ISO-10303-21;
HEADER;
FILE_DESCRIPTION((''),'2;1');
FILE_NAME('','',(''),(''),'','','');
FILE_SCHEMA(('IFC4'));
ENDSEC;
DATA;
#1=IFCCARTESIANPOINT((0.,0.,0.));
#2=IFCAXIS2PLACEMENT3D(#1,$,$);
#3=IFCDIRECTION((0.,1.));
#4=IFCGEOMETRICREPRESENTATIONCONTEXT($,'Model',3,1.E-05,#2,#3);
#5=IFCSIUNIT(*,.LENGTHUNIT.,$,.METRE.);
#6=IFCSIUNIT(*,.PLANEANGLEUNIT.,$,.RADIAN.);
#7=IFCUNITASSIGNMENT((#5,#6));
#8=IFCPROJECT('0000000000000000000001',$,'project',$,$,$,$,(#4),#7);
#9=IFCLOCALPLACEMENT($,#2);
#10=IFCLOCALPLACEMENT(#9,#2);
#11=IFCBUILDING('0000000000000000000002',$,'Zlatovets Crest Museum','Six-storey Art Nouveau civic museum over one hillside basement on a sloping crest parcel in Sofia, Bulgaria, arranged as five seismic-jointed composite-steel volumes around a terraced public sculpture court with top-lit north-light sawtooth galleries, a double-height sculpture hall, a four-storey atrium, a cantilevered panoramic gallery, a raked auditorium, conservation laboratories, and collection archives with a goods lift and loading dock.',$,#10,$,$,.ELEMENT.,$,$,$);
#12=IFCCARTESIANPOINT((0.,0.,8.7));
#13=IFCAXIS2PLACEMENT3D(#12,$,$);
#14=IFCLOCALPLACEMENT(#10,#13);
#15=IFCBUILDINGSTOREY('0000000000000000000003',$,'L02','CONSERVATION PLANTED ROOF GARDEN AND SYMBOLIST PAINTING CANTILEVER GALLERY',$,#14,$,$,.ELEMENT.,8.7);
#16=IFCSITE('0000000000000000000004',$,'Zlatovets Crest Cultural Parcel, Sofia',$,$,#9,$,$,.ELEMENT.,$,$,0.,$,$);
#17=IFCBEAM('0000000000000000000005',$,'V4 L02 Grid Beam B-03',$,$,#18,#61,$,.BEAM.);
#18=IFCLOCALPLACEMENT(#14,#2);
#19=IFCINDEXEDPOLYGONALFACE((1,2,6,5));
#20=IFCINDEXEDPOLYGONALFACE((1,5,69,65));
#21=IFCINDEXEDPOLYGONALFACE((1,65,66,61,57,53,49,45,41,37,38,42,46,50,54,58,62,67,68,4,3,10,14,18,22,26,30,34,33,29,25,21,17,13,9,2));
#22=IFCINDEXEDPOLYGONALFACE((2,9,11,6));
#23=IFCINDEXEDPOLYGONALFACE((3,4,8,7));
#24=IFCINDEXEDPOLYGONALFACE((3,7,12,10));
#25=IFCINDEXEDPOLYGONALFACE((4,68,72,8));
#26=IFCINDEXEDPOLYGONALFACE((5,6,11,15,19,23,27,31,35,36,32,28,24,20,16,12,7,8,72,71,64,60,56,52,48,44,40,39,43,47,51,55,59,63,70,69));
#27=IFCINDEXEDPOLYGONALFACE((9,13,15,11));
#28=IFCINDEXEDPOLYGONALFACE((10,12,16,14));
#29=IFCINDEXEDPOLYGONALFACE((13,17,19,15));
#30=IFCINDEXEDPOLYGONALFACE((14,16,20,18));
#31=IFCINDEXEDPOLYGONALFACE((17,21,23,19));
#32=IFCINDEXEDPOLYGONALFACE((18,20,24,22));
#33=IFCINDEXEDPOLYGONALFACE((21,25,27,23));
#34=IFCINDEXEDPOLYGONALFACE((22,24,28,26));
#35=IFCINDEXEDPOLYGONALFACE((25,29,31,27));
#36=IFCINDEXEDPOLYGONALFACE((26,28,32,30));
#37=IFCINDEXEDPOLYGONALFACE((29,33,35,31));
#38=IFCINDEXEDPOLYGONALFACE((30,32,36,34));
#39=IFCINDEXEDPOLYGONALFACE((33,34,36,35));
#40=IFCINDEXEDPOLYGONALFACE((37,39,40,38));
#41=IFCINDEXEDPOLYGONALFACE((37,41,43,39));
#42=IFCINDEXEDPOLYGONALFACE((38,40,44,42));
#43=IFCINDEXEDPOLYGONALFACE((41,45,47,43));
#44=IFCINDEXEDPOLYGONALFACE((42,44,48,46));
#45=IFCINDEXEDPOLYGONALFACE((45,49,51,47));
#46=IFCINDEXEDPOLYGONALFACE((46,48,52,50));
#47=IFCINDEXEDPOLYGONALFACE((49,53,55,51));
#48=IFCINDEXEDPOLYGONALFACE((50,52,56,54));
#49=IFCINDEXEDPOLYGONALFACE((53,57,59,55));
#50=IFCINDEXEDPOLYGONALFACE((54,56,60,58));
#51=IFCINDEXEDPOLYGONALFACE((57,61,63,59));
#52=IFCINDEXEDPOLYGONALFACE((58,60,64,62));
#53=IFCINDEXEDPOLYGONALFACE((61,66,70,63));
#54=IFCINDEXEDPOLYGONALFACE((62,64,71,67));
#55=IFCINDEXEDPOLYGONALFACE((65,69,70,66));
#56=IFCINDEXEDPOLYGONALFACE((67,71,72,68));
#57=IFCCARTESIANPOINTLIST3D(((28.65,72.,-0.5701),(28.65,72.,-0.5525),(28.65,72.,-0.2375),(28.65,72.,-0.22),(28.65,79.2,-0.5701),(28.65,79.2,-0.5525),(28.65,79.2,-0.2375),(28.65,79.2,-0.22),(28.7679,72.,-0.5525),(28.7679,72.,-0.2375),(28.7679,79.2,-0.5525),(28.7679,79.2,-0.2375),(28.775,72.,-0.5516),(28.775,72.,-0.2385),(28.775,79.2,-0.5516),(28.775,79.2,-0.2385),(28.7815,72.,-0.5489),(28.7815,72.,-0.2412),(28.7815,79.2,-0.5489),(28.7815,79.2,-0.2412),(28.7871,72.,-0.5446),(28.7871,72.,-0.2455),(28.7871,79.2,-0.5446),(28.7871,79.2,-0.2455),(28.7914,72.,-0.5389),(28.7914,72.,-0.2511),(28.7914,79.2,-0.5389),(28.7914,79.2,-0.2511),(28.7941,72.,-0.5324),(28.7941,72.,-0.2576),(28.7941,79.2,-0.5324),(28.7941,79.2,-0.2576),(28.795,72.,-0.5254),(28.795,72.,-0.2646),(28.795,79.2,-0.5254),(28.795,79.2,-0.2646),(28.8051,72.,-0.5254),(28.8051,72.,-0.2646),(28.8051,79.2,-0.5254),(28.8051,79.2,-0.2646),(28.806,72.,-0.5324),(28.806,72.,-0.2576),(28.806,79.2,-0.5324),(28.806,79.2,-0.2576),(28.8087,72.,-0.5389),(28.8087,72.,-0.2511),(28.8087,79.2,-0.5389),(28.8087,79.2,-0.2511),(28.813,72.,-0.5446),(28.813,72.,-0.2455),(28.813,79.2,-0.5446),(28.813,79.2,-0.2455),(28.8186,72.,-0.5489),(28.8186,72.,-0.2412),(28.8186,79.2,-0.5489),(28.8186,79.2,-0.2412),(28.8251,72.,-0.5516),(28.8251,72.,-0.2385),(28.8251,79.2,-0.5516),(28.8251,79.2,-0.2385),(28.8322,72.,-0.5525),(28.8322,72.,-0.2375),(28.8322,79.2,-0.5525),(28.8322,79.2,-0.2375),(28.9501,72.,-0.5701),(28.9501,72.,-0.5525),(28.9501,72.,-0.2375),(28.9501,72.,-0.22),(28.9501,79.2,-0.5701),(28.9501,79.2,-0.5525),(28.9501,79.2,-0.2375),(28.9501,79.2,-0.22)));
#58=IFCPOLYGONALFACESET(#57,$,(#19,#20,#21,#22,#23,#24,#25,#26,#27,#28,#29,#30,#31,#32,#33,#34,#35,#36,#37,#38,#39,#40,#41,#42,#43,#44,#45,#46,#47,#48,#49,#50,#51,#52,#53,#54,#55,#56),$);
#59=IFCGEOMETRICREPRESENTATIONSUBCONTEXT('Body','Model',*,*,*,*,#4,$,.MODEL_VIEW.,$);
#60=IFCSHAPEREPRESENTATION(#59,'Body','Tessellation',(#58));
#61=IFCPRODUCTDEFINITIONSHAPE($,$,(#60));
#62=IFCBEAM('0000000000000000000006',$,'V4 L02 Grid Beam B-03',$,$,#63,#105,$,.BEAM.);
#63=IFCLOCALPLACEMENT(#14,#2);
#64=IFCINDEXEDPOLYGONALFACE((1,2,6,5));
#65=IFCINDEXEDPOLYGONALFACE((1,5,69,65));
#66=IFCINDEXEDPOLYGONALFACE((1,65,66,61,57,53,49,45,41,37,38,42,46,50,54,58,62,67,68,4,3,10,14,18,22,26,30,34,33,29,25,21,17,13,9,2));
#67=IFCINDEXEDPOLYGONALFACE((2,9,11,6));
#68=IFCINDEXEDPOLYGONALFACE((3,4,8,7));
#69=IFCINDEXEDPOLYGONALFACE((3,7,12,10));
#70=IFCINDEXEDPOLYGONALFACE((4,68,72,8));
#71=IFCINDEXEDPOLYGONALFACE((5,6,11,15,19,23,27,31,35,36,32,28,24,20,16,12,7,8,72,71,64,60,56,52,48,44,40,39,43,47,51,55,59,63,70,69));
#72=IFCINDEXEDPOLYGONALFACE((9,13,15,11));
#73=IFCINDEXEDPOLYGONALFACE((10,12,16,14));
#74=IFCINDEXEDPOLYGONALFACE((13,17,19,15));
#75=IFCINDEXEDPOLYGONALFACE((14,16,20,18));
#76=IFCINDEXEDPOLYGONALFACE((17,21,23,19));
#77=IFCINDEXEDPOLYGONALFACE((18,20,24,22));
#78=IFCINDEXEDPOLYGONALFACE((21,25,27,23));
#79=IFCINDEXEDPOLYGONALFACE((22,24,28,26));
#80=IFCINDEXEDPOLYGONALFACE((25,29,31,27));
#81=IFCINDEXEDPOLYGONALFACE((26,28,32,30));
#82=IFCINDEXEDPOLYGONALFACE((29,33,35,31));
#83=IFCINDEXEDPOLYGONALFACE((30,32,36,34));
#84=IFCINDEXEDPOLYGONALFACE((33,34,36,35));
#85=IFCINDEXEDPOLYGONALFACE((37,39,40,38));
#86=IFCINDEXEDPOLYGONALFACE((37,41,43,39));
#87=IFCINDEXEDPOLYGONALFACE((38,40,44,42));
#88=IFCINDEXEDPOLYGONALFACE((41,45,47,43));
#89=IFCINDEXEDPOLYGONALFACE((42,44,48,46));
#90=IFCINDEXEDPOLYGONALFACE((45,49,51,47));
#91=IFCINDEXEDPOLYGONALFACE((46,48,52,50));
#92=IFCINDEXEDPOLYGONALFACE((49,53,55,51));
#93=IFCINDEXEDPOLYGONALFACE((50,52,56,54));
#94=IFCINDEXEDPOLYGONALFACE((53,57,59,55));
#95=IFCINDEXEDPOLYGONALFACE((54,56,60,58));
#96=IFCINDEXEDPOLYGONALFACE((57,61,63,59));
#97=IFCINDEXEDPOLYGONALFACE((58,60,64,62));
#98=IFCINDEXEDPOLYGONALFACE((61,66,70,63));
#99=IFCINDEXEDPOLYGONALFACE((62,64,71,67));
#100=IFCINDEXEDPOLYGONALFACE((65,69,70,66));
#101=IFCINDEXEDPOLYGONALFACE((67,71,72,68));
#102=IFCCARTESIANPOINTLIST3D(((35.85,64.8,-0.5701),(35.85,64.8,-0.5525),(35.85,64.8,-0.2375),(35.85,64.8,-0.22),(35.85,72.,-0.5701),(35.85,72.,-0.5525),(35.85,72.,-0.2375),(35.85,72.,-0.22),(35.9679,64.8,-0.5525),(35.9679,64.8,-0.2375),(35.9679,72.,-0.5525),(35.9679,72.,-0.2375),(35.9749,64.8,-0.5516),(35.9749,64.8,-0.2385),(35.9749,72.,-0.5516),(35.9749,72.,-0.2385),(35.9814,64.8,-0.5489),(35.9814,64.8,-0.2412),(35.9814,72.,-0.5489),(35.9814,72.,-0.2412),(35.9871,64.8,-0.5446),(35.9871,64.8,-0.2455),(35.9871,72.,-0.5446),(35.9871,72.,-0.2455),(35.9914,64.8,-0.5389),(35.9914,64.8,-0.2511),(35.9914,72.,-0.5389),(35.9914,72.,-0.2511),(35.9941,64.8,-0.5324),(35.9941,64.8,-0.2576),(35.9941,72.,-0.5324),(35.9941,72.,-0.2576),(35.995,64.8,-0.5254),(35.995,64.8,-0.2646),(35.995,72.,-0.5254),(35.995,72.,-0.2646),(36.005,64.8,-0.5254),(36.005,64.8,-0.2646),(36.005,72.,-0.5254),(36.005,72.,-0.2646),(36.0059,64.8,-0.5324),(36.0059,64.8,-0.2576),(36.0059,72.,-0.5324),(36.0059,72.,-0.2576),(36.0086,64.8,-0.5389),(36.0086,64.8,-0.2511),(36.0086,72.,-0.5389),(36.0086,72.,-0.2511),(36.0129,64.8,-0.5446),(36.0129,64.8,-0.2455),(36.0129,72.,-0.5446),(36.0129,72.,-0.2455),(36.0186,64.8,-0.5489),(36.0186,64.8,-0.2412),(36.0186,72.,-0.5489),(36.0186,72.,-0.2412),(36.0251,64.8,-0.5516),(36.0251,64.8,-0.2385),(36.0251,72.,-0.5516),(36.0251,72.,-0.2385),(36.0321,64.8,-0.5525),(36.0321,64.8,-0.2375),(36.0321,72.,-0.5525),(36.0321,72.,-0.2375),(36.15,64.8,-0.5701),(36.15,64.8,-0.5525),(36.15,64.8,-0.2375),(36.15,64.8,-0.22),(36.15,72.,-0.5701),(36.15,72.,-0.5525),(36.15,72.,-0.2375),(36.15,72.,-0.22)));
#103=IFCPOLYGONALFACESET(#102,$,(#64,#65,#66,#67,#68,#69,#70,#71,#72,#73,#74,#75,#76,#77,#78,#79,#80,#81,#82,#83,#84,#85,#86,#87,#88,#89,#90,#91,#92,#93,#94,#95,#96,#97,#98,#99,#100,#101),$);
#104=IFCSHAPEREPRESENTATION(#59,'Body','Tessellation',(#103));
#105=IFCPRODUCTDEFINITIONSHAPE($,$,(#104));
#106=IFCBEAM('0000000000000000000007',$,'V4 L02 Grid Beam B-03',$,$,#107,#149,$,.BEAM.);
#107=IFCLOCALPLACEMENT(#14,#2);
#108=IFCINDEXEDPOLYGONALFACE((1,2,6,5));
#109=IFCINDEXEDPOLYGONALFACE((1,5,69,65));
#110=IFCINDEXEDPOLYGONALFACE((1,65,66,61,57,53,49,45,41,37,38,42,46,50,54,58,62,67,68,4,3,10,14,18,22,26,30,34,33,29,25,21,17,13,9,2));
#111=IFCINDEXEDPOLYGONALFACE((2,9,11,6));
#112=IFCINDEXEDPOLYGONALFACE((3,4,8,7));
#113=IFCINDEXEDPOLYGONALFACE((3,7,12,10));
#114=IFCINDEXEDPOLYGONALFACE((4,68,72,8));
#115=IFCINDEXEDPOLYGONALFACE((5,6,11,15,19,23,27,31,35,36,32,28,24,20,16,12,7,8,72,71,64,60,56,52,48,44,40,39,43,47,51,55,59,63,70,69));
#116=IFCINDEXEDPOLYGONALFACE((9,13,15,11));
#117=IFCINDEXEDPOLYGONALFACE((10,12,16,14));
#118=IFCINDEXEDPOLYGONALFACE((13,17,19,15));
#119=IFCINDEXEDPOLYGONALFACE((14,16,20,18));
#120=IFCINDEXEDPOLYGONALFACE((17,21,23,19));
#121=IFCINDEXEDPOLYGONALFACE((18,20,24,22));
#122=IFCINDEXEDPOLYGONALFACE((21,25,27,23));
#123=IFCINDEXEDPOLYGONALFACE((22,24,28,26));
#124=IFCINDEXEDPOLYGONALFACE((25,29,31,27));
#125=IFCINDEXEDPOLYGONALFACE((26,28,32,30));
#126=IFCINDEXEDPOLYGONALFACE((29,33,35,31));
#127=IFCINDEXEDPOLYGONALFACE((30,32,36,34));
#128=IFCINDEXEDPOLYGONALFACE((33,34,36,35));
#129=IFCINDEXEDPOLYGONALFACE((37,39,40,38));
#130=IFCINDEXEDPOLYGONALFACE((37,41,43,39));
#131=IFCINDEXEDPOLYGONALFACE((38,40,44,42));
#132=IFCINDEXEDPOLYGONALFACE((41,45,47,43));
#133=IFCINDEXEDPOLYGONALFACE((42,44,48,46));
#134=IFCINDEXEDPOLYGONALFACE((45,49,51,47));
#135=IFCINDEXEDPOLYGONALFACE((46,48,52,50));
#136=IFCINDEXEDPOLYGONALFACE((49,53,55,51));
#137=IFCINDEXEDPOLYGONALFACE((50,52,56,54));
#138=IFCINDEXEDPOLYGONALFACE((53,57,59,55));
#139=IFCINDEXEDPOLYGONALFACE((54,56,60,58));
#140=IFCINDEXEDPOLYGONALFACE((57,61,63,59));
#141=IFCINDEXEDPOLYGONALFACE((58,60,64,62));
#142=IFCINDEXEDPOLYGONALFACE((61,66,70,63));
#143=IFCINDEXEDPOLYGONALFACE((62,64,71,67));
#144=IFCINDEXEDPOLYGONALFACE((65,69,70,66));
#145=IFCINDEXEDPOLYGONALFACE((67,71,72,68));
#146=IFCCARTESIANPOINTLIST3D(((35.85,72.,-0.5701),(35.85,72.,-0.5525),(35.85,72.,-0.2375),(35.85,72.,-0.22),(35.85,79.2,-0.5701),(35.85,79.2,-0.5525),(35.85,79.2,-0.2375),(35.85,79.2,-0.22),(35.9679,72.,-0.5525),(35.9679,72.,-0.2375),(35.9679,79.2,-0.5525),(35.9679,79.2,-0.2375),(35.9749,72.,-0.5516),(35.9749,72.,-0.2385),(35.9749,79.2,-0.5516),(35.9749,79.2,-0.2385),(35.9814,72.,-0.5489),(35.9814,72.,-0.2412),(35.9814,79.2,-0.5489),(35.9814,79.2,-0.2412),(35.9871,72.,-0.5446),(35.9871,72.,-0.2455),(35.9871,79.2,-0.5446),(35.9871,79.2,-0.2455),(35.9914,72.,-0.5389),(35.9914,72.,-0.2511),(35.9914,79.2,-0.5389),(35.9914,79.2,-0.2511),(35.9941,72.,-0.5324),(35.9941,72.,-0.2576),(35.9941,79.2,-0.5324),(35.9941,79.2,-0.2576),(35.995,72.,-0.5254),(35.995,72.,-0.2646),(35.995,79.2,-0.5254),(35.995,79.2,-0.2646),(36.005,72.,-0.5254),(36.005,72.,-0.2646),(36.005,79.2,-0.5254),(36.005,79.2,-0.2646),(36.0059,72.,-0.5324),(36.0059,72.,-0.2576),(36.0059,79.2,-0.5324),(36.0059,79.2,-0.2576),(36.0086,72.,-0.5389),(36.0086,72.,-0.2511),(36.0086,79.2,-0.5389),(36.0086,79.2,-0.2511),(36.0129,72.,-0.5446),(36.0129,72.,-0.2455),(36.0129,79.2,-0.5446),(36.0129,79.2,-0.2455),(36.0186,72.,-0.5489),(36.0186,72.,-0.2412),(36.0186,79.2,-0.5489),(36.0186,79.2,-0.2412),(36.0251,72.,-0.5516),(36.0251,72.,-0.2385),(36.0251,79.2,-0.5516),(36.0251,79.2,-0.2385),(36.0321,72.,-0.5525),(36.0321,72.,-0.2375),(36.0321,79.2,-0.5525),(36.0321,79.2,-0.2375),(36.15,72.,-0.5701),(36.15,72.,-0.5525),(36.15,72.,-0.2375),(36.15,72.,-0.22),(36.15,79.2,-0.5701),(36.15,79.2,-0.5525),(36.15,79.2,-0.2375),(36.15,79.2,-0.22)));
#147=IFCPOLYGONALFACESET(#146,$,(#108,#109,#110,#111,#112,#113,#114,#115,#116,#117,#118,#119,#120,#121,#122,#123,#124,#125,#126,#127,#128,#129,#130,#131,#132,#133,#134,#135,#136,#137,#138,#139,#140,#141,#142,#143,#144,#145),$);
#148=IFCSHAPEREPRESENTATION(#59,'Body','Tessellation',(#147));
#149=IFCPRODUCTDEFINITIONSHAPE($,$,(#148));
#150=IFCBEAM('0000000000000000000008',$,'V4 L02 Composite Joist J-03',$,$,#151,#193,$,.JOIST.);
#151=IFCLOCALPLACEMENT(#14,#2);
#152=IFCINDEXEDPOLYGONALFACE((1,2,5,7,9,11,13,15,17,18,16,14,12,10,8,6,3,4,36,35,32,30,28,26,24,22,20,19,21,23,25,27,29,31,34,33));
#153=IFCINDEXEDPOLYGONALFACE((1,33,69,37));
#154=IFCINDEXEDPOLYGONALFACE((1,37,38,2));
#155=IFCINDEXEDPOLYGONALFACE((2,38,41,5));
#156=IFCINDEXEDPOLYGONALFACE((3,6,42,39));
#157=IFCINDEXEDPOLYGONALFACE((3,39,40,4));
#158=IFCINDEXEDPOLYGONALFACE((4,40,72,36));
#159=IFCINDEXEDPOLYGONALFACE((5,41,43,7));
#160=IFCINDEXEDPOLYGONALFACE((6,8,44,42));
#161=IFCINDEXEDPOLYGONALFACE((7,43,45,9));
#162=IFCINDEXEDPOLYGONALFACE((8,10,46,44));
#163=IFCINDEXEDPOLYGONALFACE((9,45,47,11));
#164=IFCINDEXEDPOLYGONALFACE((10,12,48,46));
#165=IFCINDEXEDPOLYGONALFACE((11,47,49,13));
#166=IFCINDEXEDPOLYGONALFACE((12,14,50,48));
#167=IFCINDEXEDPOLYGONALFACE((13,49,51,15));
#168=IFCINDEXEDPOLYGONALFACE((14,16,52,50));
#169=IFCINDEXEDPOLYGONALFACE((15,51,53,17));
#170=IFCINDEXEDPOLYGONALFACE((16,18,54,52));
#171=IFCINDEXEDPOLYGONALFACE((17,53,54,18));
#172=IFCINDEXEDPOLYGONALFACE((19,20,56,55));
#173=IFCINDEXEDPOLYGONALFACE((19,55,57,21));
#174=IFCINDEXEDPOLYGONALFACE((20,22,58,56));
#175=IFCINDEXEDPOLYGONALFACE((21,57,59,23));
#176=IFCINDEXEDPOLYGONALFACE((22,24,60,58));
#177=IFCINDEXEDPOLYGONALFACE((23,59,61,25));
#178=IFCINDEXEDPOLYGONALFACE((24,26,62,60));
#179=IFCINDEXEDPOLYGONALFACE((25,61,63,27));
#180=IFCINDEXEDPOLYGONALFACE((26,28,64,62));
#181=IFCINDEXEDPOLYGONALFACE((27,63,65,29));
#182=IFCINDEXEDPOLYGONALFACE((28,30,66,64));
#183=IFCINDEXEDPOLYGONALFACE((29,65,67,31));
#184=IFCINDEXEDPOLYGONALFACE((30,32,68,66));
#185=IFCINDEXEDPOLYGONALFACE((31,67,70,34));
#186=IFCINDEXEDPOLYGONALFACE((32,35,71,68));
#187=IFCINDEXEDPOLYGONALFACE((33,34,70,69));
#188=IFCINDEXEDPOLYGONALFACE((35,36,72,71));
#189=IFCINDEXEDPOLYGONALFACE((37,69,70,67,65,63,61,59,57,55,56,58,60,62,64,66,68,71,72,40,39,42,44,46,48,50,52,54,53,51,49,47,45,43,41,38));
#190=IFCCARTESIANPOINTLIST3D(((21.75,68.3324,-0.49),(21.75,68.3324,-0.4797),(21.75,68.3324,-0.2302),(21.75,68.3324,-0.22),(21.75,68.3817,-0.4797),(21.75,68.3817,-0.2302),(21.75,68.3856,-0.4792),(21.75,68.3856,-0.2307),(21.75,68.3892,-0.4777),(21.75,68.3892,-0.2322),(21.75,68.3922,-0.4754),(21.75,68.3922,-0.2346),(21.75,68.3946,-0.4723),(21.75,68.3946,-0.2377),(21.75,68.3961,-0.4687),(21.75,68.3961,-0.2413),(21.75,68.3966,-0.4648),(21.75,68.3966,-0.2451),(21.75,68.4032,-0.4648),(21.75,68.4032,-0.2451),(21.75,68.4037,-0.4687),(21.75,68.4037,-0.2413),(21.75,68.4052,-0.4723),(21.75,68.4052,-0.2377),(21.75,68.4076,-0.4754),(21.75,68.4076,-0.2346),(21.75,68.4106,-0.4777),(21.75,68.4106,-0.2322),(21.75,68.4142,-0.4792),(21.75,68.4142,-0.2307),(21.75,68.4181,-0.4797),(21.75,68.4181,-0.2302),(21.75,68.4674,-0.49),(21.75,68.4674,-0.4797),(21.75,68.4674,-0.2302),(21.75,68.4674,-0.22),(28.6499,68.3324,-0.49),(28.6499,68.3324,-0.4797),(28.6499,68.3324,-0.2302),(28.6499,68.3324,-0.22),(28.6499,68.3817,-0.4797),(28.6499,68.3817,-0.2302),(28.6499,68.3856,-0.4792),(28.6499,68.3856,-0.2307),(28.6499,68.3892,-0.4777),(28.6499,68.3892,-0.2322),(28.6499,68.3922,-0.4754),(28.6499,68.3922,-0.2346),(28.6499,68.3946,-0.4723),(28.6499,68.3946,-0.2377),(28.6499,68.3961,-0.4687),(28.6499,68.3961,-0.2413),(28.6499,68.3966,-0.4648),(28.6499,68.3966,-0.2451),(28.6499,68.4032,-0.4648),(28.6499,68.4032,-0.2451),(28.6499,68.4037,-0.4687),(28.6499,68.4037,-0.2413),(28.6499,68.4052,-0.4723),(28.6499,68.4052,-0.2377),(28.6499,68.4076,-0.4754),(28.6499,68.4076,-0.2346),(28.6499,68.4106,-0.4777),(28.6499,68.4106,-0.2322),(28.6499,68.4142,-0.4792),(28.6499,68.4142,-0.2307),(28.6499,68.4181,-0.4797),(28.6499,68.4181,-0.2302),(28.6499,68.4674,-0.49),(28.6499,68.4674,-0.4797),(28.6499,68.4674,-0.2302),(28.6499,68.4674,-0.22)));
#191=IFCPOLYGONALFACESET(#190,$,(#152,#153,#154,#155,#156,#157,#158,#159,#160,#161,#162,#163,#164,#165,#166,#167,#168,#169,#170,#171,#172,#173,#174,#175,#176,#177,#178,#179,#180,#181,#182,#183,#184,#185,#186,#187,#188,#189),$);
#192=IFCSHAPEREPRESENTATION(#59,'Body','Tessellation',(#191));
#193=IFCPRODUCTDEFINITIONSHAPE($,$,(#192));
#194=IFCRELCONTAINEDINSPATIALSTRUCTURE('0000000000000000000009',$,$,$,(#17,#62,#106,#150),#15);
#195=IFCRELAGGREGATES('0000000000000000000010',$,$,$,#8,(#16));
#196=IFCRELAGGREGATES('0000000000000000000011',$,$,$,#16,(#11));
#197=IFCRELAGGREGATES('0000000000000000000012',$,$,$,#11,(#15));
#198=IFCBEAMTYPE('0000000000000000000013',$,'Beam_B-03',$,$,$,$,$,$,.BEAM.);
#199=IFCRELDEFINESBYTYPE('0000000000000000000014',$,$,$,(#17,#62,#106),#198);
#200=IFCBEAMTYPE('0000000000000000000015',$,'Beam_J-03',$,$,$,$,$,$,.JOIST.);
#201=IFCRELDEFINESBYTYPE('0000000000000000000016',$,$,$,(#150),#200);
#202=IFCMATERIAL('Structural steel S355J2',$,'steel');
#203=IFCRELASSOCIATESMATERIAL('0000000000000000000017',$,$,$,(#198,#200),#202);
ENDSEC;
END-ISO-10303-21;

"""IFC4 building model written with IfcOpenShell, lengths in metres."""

from ifc_helpers import new_model, si_unit, direction, frame, origin, origin_2d, place, context, subcontext, project, spatial, i_section, extrude, material, material_profile, profile_set, type_object, element, save


model = new_model("IFC4")

# Units and contexts
model_context = context("Model", 3, precision=1e-05, world=origin(), true_north=direction((0.0, 1.0)))
body_context = subcontext(model_context, "Body", "Model", "MODEL_VIEW")
ifc_project = project(units=[si_unit("LENGTHUNIT", "METRE"), si_unit("PLANEANGLEUNIT", "RADIAN")], contexts=[model_context])

# Site, building, storey
site_placement = place(None, origin())
site = spatial("IfcSite", under=ifc_project, at=site_placement, Name="Zlatovets Crest Cultural Parcel, Sofia", CompositionType="ELEMENT", RefElevation=0.0)
building_placement = place(site_placement, origin())
building = spatial("IfcBuilding", under=site, at=building_placement, Name="Zlatovets Crest Museum", Description="Six-storey Art Nouveau civic museum over one hillside basement on a sloping crest parcel in Sofia, Bulgaria, arranged as five seismic-jointed composite-steel volumes around a terraced public sculpture court with top-lit north-light sawtooth galleries, a double-height sculpture hall, a four-storey atrium, a cantilevered panoramic gallery, a raked auditorium, conservation laboratories, and collection archives with a goods lift and loading dock.", CompositionType="ELEMENT")
storey_placement = place(building_placement, frame((0.0, 0.0, 8.7)))
storey = spatial("IfcBuildingStorey", under=building, at=storey_placement, Name="L02", Description="CONSERVATION PLANTED ROOF GARDEN AND SYMBOLIST PAINTING CANTILEVER GALLERY", CompositionType="ELEMENT", Elevation=8.7)

# Shared definitions
ifc_material_1 = material(Name="Structural steel S355J2", Category="steel")

# Beams
ifc_material_profile_1 = material_profile(ifc_material_1, i_section(OverallWidth=0.3, OverallDepth=0.3501, WebThickness=0.01, FlangeThickness=0.0176, FilletRadius=0.0271, at=origin_2d()), Name="HEA 360")
ifc_profile_set_1 = profile_set([ifc_material_profile_1], Name="Structural steel S355J2")
beam_type_1 = type_object("IfcBeamType", Name="Beam_B-03", PredefinedType="BEAM", material=ifc_profile_set_1)
for number, where, z_axis, x_axis, name in (
    (1, (28.8, 72.0, -0.395), (0.0, 1.0, 0.0), (-1.0, 0.0, 0.0), "V4 L02 Grid Beam B-03"),
    (2, (36.0, 64.8, -0.395), (0.0, 1.0, 0.0), (-1.0, 0.0, 0.0), "V4 L02 Grid Beam B-03"),
    (3, (36.0, 72.0, -0.395), (0.0, 1.0, 0.0), (-1.0, 0.0, 0.0), "V4 L02 Grid Beam B-03"),
):
    element("IfcBeam", number, at=place(storey_placement, frame(where, z_axis=z_axis, x_axis=x_axis)), inside=storey, type_object=beam_type_1, Name=name, PredefinedType="BEAM", context=body_context, shape_type="SweptSolid", body=[
        extrude(i_section(OverallWidth=0.3, OverallDepth=0.3501, WebThickness=0.01, FlangeThickness=0.0176, FilletRadius=0.0271, at=origin_2d()), origin(), (0.0, 0.0, 1.0), 7.2),
    ])
ifc_material_profile_2 = material_profile(ifc_material_1, i_section(OverallWidth=0.135, OverallDepth=0.27, WebThickness=0.0066, FlangeThickness=0.0103, FilletRadius=0.0149, at=origin_2d()), Name="IPE 270")
ifc_profile_set_2 = profile_set([ifc_material_profile_2], Name="Structural steel S355J2")
beam_type_2 = type_object("IfcBeamType", Name="Beam_J-03", PredefinedType="JOIST", material=ifc_profile_set_2)
beam_placement = place(storey_placement, frame((21.75, 68.3999, -0.355), z_axis=(1.0, 0.0, 0.0), x_axis=(0.0, 1.0, 0.0)))
element("IfcBeam", 4, at=beam_placement, inside=storey, type_object=beam_type_2, Name="V4 L02 Composite Joist J-03", PredefinedType="JOIST", context=body_context, shape_type="SweptSolid", body=[
    extrude(i_section(OverallWidth=0.135, OverallDepth=0.27, WebThickness=0.0066, FlangeThickness=0.0103, FilletRadius=0.0149, at=origin_2d()), origin(), (0.0, 0.0, 1.0), 6.8999),
])

save(model, "model.ifc")
